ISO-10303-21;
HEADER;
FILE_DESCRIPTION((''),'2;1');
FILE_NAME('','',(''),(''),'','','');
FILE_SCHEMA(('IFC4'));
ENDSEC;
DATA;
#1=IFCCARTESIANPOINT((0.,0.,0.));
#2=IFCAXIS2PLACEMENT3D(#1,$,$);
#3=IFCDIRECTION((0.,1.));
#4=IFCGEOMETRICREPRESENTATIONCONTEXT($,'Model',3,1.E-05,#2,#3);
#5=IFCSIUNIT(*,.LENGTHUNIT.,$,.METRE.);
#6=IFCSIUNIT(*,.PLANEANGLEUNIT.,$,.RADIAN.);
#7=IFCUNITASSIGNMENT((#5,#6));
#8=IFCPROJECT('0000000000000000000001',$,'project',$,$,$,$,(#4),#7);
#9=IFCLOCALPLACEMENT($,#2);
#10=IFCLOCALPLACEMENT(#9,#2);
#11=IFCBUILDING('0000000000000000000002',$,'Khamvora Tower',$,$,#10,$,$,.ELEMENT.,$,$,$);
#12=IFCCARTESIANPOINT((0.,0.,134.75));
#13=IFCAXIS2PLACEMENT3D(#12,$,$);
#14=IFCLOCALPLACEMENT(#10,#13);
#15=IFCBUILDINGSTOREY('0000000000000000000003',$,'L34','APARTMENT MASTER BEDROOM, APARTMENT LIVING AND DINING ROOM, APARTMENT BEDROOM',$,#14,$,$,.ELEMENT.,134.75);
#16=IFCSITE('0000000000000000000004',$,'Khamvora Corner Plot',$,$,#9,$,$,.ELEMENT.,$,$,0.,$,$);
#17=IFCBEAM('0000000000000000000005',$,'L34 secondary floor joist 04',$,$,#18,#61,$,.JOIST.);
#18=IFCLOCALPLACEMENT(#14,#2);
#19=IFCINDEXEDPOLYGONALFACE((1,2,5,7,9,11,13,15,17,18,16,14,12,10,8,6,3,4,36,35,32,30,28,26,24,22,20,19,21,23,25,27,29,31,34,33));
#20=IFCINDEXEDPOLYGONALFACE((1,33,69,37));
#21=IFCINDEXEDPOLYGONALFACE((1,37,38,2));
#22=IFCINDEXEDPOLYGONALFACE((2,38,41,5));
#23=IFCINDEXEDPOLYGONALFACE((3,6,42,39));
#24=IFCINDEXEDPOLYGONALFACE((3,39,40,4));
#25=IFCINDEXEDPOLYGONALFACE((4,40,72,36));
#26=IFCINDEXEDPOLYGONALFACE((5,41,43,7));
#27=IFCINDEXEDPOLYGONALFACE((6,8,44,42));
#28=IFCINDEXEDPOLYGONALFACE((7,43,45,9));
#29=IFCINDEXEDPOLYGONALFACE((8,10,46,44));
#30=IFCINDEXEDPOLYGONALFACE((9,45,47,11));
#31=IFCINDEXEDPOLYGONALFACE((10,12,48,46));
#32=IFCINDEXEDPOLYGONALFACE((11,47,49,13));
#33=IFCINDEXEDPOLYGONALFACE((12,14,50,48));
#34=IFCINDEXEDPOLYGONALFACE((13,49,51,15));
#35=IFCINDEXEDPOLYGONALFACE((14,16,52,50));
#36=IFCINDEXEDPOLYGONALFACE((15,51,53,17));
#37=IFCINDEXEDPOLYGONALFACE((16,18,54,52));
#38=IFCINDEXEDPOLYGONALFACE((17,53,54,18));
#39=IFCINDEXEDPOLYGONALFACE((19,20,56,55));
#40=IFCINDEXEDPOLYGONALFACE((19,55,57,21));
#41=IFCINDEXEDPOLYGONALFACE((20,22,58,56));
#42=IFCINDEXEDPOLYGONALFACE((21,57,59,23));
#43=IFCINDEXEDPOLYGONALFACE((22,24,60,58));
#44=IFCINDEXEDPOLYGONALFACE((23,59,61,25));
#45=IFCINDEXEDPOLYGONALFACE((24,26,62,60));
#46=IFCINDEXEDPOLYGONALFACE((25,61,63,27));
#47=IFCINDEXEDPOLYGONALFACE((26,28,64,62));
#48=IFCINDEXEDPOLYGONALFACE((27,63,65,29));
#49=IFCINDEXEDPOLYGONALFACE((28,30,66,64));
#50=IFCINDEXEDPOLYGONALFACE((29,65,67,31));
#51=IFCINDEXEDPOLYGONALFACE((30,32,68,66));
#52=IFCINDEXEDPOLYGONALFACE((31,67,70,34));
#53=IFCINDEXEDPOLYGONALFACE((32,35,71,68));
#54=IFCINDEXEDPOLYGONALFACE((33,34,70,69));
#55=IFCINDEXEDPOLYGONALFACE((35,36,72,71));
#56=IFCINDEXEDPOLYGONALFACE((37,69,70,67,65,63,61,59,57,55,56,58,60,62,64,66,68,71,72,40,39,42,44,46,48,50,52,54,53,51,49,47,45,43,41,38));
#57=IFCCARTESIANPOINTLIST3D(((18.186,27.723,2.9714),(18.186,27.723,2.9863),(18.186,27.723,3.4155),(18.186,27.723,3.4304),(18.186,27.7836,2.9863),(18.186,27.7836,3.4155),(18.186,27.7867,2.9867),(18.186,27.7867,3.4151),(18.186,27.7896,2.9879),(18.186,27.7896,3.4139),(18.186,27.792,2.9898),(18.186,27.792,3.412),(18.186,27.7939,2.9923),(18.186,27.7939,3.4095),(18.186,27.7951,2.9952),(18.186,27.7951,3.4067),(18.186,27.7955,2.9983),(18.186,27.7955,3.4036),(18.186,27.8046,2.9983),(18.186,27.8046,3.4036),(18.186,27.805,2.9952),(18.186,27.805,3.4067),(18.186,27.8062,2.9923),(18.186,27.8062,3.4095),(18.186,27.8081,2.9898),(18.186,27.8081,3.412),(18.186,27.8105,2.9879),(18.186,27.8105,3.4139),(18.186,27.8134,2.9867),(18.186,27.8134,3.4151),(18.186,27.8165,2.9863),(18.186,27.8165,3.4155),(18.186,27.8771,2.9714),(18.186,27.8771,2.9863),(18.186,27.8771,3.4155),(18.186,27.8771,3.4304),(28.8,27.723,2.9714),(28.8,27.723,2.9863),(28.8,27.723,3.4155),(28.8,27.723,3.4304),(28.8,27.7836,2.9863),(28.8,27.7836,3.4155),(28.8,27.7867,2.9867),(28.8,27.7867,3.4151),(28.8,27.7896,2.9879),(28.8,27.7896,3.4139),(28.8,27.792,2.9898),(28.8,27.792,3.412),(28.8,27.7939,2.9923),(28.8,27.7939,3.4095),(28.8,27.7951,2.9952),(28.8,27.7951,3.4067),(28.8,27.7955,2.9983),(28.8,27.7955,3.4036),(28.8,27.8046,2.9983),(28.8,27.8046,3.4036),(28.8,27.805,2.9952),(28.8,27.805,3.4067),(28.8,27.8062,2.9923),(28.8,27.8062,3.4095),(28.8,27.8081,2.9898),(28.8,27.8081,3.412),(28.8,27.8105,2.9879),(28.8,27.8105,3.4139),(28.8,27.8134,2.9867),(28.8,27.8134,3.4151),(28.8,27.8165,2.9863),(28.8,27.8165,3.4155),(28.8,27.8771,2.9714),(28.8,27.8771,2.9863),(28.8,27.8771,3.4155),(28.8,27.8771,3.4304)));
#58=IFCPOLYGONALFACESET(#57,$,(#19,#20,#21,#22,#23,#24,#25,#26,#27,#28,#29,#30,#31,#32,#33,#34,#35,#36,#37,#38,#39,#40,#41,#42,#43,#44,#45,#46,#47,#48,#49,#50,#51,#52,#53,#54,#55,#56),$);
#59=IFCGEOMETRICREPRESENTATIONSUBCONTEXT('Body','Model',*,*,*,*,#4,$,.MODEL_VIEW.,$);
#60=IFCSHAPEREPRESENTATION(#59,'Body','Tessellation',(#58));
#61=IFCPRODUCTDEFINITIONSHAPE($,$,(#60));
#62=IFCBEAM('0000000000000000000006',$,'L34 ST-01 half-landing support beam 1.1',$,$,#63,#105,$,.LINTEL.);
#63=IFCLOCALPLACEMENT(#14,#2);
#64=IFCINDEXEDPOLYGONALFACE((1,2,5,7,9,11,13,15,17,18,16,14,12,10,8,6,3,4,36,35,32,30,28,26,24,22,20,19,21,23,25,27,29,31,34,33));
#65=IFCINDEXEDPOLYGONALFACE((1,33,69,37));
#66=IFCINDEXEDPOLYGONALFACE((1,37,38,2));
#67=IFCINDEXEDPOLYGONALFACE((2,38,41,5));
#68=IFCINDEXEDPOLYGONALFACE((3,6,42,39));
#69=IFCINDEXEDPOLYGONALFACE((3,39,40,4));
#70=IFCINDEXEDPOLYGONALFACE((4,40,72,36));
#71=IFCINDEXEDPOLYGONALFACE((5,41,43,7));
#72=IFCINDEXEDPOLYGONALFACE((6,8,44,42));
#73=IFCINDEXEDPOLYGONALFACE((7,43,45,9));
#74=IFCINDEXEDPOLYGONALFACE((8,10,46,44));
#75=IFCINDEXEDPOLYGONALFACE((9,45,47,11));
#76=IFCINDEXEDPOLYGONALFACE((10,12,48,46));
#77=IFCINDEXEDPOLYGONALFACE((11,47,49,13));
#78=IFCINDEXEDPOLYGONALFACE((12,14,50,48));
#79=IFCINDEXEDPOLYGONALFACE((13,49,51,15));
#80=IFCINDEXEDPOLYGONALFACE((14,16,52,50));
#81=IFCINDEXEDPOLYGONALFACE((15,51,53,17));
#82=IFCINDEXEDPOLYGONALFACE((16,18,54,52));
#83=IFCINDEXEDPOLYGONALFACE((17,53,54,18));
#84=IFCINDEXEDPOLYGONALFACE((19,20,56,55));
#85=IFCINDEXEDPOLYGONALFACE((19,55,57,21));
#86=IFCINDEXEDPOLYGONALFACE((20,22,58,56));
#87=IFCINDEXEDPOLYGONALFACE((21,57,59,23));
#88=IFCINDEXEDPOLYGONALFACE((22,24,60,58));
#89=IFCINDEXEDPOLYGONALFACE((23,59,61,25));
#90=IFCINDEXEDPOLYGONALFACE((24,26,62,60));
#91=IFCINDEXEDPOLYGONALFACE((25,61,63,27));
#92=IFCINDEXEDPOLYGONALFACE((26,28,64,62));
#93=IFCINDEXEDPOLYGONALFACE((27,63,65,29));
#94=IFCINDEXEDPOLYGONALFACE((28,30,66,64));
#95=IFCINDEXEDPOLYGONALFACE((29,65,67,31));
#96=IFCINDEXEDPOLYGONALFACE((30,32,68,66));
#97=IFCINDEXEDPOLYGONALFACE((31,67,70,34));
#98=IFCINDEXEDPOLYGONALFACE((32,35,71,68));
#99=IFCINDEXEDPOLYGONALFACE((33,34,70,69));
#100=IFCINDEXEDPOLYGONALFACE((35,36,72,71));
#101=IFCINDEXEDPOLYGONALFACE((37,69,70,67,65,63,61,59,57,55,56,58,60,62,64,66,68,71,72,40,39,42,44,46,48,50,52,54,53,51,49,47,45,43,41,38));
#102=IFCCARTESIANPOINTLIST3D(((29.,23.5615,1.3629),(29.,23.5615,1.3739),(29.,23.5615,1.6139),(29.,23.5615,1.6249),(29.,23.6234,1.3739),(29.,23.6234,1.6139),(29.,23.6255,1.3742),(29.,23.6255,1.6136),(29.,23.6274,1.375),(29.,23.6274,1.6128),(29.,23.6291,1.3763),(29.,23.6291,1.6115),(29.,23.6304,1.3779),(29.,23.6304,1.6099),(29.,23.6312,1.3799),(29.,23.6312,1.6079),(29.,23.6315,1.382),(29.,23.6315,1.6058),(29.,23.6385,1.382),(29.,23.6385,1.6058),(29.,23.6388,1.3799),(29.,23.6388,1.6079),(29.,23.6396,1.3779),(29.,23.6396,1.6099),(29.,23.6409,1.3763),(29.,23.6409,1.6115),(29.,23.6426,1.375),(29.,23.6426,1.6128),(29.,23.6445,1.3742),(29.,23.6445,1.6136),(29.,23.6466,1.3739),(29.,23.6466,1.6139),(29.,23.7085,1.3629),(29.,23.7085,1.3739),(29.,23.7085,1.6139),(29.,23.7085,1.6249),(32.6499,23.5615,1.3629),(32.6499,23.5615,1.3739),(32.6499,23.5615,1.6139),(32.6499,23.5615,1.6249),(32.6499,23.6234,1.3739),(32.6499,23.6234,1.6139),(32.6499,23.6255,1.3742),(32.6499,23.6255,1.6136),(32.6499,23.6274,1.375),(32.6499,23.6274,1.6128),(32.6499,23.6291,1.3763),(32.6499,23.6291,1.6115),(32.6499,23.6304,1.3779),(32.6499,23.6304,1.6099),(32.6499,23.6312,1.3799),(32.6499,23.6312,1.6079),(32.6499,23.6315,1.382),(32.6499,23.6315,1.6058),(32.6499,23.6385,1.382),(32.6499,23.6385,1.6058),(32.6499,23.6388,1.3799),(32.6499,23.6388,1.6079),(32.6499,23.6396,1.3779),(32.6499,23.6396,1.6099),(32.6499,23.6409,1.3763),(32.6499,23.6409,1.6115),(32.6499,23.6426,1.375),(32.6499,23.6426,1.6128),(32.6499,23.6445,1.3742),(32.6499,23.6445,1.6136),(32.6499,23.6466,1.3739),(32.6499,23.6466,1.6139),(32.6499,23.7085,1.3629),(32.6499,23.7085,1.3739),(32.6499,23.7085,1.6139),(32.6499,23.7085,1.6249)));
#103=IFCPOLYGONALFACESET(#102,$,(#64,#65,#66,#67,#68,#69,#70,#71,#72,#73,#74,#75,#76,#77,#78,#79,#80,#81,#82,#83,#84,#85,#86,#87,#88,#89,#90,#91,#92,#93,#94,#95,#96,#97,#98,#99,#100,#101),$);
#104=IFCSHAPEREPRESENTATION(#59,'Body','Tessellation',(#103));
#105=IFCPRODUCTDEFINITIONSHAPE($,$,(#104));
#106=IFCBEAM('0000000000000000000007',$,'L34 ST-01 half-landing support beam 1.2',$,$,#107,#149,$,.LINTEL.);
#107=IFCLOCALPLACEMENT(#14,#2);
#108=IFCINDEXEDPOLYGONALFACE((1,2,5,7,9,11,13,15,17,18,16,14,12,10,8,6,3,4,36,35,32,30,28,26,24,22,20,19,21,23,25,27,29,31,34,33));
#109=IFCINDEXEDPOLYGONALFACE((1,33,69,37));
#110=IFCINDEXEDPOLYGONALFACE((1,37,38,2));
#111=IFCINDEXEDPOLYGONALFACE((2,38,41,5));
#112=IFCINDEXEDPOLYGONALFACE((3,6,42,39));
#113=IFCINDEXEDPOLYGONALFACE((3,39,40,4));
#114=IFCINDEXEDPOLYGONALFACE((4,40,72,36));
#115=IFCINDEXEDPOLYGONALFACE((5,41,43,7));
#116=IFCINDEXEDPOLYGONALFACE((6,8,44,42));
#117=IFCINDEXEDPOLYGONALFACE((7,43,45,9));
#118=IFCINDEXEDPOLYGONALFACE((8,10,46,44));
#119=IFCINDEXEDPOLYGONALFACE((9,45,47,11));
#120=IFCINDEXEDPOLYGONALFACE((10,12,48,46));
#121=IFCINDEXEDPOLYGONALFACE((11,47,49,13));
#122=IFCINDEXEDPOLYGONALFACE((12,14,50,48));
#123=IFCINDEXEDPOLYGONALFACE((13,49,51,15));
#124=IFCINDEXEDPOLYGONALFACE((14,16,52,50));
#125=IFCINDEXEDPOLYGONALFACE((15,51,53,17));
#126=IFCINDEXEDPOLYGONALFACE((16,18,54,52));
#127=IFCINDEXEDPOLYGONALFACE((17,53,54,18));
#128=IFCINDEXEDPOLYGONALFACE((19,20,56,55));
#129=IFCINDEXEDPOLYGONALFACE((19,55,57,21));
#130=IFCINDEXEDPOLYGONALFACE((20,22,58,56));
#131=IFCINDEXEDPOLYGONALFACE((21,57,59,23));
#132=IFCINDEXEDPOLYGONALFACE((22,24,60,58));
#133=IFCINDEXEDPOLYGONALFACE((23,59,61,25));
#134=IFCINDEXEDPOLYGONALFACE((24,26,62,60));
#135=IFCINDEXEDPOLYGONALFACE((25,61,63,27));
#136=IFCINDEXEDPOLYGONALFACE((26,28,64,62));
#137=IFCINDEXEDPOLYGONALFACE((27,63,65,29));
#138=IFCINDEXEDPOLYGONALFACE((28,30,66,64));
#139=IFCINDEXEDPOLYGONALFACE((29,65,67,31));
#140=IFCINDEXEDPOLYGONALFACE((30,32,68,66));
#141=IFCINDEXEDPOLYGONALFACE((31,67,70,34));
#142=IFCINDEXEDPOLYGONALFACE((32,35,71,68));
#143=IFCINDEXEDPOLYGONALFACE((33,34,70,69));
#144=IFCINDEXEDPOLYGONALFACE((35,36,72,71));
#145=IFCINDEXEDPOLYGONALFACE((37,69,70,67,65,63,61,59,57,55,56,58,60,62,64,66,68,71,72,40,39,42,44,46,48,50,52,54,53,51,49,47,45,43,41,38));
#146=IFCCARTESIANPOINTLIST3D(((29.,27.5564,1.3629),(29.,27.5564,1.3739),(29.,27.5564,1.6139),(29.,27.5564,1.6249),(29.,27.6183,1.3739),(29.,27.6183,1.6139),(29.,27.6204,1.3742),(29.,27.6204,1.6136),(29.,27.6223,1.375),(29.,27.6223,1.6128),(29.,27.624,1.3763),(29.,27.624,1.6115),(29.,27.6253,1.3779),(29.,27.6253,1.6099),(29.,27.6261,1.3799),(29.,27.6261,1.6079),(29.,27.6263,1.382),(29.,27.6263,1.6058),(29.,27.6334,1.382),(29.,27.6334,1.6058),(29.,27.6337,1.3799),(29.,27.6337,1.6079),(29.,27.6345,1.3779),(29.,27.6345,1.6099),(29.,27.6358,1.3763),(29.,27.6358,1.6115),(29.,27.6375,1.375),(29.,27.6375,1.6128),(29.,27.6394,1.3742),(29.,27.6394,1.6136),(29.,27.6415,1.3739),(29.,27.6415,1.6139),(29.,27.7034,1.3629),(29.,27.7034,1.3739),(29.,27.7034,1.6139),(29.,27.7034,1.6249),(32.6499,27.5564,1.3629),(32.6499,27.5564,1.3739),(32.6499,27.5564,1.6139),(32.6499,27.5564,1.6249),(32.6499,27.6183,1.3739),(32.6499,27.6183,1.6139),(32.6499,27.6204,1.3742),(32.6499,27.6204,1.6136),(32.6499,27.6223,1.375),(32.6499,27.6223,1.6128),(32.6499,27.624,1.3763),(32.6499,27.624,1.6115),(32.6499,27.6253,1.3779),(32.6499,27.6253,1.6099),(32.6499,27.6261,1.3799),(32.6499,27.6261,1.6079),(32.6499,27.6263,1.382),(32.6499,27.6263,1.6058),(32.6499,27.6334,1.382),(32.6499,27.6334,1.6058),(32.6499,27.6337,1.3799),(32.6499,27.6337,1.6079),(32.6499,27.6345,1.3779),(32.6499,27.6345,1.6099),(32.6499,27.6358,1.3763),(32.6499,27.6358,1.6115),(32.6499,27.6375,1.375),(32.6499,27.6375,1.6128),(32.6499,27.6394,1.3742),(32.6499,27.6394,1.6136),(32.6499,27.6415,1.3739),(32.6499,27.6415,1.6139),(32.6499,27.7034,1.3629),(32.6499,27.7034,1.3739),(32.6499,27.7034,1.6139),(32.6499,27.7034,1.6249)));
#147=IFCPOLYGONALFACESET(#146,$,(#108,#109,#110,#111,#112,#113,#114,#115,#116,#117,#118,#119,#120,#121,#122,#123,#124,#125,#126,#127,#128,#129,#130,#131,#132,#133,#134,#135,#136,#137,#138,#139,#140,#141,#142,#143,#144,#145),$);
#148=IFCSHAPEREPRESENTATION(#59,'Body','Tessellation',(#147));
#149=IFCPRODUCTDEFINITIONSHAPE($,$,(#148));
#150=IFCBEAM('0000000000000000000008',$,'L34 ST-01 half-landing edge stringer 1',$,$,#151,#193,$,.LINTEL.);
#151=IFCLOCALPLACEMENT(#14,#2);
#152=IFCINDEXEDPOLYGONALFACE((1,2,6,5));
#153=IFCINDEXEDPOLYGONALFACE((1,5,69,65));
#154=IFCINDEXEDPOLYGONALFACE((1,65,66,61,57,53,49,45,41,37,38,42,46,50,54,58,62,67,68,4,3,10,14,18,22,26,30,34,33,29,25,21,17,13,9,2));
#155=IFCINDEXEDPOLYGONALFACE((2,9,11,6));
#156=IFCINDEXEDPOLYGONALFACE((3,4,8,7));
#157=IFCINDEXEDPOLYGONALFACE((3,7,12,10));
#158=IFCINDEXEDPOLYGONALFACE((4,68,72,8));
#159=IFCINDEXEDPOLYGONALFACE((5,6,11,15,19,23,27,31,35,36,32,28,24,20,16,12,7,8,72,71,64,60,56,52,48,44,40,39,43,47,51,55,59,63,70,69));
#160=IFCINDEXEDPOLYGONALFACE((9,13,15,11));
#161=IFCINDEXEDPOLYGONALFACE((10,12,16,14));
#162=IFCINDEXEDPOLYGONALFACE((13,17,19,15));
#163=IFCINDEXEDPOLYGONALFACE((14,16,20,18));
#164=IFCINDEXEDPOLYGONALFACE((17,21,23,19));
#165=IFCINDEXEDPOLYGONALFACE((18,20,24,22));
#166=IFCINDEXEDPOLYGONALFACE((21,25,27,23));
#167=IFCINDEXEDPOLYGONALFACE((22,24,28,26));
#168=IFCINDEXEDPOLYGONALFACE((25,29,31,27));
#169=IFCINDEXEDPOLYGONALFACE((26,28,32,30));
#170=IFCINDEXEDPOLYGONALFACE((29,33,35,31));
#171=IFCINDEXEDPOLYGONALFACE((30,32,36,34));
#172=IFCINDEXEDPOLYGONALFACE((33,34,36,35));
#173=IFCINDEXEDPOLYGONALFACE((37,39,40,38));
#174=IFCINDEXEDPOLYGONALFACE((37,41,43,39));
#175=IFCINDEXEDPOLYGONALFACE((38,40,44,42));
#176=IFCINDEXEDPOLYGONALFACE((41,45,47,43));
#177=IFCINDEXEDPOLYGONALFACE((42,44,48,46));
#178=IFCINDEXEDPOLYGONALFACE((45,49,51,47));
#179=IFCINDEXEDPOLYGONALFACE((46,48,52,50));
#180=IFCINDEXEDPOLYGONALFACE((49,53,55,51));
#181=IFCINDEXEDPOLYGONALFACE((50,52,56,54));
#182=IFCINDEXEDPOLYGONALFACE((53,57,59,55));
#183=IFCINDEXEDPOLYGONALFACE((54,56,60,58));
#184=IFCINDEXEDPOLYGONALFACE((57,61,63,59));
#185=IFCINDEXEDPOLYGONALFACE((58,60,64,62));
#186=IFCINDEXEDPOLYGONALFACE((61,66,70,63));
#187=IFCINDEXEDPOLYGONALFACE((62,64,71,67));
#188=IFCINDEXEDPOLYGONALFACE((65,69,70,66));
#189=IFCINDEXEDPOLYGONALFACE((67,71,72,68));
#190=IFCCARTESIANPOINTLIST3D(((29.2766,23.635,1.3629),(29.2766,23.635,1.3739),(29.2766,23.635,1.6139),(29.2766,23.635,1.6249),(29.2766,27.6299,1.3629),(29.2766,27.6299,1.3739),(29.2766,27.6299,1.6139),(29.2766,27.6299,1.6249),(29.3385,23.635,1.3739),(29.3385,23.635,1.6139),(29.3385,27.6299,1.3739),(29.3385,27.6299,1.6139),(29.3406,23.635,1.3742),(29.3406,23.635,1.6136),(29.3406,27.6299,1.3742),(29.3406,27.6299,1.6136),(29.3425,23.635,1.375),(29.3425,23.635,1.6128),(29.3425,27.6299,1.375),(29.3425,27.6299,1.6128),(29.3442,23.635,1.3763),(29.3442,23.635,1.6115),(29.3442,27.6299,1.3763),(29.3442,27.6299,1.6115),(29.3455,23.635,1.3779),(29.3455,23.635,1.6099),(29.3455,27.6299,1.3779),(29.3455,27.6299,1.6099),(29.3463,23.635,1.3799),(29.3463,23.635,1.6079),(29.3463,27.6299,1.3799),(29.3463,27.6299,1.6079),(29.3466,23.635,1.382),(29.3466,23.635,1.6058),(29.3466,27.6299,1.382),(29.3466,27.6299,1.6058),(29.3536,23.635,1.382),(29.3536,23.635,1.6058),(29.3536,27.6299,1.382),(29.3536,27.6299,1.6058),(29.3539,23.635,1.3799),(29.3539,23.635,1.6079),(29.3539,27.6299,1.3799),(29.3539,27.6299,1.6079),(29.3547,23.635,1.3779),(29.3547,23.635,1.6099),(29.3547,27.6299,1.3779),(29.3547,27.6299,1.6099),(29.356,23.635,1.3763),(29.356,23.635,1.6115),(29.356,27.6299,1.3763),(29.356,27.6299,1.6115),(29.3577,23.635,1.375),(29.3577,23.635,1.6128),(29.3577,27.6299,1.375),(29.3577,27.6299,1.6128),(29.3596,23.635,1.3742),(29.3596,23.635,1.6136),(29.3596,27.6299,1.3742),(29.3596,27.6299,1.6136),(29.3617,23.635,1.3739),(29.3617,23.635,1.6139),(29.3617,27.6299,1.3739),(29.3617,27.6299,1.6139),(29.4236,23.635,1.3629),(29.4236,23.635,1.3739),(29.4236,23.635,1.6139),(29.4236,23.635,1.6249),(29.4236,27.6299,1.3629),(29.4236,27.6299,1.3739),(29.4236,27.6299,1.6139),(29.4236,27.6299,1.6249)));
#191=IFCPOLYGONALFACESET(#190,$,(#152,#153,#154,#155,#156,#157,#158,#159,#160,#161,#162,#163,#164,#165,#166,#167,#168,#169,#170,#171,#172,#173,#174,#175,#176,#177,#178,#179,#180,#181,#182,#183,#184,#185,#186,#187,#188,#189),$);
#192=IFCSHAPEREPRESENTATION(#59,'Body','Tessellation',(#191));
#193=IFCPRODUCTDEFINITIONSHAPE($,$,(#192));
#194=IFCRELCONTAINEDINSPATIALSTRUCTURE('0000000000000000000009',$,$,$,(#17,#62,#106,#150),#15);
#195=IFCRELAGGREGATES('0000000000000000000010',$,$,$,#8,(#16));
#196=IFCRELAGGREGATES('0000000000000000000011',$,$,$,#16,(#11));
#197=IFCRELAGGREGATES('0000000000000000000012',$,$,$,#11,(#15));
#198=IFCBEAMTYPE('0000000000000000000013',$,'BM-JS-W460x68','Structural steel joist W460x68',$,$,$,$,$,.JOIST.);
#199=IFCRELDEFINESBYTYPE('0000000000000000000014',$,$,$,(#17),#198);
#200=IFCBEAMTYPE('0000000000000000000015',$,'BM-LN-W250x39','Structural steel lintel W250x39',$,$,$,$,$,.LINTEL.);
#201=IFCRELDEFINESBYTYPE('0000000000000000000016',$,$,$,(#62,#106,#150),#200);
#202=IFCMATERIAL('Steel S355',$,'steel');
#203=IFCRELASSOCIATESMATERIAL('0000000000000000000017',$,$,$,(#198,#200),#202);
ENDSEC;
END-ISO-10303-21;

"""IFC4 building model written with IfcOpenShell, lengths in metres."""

from ifc_helpers import new_model, si_unit, direction, frame, origin, origin_2d, place, context, subcontext, project, spatial, i_section, extrude, material, material_profile, profile_set, type_object, element, save


model = new_model("IFC4")

# Units and contexts
model_context = context("Model", 3, precision=1e-05, world=origin(), true_north=direction((0.0, 1.0)))
body_context = subcontext(model_context, "Body", "Model", "MODEL_VIEW")
ifc_project = project(units=[si_unit("LENGTHUNIT", "METRE"), si_unit("PLANEANGLEUNIT", "RADIAN")], contexts=[model_context])

# Site, building, storey
site_placement = place(None, origin())
site = spatial("IfcSite", under=ifc_project, at=site_placement, Name="Khamvora Corner Plot", CompositionType="ELEMENT", RefElevation=0.0)
building_placement = place(site_placement, origin())
building = spatial("IfcBuilding", under=site, at=building_placement, Name="Khamvora Tower", CompositionType="ELEMENT")
storey_placement = place(building_placement, frame((0.0, 0.0, 134.75)))
storey = spatial("IfcBuildingStorey", under=building, at=storey_placement, Name="L34", Description="APARTMENT MASTER BEDROOM, APARTMENT LIVING AND DINING ROOM, APARTMENT BEDROOM", CompositionType="ELEMENT", Elevation=134.75)

# Beams
ifc_material_1 = material(Name="Steel S355", Category="steel")
ifc_material_profile_1 = material_profile(ifc_material_1, i_section(OverallWidth=0.1541, OverallDepth=0.459, WebThickness=0.009, FlangeThickness=0.0149, FilletRadius=0.012, at=origin_2d()), Name="W460x68")
ifc_profile_set_1 = profile_set([ifc_material_profile_1], Name="Steel S355")
beam_type_1 = type_object("IfcBeamType", Name="BM-JS-W460x68", Description="Structural steel joist W460x68", PredefinedType="JOIST", material=ifc_profile_set_1)
beam_1_placement = place(storey_placement, frame((18.186, 27.8, 3.2009), z_axis=(1.0, 0.0, 0.0), x_axis=(0.0, 1.0, 0.0)))
element("IfcBeam", 1, at=beam_1_placement, inside=storey, type_object=beam_type_1, Name="L34 secondary floor joist 04", PredefinedType="JOIST", context=body_context, shape_type="SweptSolid", body=[
    extrude(i_section(OverallWidth=0.1541, OverallDepth=0.459, WebThickness=0.009, FlangeThickness=0.0149, FilletRadius=0.012, at=origin_2d()), origin(), (0.0, 0.0, 1.0), 10.614),
])
ifc_material_profile_2 = material_profile(ifc_material_1, i_section(OverallWidth=0.147, OverallDepth=0.262, WebThickness=0.0071, FlangeThickness=0.011, FilletRadius=0.0081, at=origin_2d()), Name="W250x39")
ifc_profile_set_2 = profile_set([ifc_material_profile_2], Name="Steel S355")
beam_type_2 = type_object("IfcBeamType", Name="BM-LN-W250x39", Description="Structural steel lintel W250x39", PredefinedType="LINTEL", material=ifc_profile_set_2)
for number, where, z_axis, x_axis, name in (
    (2, (29.0, 23.635, 1.4939), (1.0, 0.0, 0.0), (0.0, 1.0, 0.0), "L34 ST-01 half-landing support beam 1.1"),
    (3, (29.0, 27.6299, 1.4939), (1.0, 0.0, 0.0), (0.0, 1.0, 0.0), "L34 ST-01 half-landing support beam 1.2"),
):
    element("IfcBeam", number, at=place(storey_placement, frame(where, z_axis=z_axis, x_axis=x_axis)), inside=storey, type_object=beam_type_2, Name=name, PredefinedType="LINTEL", context=body_context, shape_type="SweptSolid", body=[
        extrude(i_section(OverallWidth=0.147, OverallDepth=0.262, WebThickness=0.0071, FlangeThickness=0.011, FilletRadius=0.0081, at=origin_2d()), origin(), (0.0, 0.0, 1.0), 3.6499),
    ])
beam_2_placement = place(storey_placement, frame((29.3501, 23.635, 1.4939), z_axis=(0.0, 1.0, 0.0), x_axis=(-1.0, 0.0, 0.0)))
element("IfcBeam", 4, at=beam_2_placement, inside=storey, type_object=beam_type_2, Name="L34 ST-01 half-landing edge stringer 1", PredefinedType="LINTEL", context=body_context, shape_type="SweptSolid", body=[
    extrude(i_section(OverallWidth=0.147, OverallDepth=0.262, WebThickness=0.0071, FlangeThickness=0.011, FilletRadius=0.0081, at=origin_2d()), origin(), (0.0, 0.0, 1.0), 3.9949),
])

save(model, "model.ifc")
